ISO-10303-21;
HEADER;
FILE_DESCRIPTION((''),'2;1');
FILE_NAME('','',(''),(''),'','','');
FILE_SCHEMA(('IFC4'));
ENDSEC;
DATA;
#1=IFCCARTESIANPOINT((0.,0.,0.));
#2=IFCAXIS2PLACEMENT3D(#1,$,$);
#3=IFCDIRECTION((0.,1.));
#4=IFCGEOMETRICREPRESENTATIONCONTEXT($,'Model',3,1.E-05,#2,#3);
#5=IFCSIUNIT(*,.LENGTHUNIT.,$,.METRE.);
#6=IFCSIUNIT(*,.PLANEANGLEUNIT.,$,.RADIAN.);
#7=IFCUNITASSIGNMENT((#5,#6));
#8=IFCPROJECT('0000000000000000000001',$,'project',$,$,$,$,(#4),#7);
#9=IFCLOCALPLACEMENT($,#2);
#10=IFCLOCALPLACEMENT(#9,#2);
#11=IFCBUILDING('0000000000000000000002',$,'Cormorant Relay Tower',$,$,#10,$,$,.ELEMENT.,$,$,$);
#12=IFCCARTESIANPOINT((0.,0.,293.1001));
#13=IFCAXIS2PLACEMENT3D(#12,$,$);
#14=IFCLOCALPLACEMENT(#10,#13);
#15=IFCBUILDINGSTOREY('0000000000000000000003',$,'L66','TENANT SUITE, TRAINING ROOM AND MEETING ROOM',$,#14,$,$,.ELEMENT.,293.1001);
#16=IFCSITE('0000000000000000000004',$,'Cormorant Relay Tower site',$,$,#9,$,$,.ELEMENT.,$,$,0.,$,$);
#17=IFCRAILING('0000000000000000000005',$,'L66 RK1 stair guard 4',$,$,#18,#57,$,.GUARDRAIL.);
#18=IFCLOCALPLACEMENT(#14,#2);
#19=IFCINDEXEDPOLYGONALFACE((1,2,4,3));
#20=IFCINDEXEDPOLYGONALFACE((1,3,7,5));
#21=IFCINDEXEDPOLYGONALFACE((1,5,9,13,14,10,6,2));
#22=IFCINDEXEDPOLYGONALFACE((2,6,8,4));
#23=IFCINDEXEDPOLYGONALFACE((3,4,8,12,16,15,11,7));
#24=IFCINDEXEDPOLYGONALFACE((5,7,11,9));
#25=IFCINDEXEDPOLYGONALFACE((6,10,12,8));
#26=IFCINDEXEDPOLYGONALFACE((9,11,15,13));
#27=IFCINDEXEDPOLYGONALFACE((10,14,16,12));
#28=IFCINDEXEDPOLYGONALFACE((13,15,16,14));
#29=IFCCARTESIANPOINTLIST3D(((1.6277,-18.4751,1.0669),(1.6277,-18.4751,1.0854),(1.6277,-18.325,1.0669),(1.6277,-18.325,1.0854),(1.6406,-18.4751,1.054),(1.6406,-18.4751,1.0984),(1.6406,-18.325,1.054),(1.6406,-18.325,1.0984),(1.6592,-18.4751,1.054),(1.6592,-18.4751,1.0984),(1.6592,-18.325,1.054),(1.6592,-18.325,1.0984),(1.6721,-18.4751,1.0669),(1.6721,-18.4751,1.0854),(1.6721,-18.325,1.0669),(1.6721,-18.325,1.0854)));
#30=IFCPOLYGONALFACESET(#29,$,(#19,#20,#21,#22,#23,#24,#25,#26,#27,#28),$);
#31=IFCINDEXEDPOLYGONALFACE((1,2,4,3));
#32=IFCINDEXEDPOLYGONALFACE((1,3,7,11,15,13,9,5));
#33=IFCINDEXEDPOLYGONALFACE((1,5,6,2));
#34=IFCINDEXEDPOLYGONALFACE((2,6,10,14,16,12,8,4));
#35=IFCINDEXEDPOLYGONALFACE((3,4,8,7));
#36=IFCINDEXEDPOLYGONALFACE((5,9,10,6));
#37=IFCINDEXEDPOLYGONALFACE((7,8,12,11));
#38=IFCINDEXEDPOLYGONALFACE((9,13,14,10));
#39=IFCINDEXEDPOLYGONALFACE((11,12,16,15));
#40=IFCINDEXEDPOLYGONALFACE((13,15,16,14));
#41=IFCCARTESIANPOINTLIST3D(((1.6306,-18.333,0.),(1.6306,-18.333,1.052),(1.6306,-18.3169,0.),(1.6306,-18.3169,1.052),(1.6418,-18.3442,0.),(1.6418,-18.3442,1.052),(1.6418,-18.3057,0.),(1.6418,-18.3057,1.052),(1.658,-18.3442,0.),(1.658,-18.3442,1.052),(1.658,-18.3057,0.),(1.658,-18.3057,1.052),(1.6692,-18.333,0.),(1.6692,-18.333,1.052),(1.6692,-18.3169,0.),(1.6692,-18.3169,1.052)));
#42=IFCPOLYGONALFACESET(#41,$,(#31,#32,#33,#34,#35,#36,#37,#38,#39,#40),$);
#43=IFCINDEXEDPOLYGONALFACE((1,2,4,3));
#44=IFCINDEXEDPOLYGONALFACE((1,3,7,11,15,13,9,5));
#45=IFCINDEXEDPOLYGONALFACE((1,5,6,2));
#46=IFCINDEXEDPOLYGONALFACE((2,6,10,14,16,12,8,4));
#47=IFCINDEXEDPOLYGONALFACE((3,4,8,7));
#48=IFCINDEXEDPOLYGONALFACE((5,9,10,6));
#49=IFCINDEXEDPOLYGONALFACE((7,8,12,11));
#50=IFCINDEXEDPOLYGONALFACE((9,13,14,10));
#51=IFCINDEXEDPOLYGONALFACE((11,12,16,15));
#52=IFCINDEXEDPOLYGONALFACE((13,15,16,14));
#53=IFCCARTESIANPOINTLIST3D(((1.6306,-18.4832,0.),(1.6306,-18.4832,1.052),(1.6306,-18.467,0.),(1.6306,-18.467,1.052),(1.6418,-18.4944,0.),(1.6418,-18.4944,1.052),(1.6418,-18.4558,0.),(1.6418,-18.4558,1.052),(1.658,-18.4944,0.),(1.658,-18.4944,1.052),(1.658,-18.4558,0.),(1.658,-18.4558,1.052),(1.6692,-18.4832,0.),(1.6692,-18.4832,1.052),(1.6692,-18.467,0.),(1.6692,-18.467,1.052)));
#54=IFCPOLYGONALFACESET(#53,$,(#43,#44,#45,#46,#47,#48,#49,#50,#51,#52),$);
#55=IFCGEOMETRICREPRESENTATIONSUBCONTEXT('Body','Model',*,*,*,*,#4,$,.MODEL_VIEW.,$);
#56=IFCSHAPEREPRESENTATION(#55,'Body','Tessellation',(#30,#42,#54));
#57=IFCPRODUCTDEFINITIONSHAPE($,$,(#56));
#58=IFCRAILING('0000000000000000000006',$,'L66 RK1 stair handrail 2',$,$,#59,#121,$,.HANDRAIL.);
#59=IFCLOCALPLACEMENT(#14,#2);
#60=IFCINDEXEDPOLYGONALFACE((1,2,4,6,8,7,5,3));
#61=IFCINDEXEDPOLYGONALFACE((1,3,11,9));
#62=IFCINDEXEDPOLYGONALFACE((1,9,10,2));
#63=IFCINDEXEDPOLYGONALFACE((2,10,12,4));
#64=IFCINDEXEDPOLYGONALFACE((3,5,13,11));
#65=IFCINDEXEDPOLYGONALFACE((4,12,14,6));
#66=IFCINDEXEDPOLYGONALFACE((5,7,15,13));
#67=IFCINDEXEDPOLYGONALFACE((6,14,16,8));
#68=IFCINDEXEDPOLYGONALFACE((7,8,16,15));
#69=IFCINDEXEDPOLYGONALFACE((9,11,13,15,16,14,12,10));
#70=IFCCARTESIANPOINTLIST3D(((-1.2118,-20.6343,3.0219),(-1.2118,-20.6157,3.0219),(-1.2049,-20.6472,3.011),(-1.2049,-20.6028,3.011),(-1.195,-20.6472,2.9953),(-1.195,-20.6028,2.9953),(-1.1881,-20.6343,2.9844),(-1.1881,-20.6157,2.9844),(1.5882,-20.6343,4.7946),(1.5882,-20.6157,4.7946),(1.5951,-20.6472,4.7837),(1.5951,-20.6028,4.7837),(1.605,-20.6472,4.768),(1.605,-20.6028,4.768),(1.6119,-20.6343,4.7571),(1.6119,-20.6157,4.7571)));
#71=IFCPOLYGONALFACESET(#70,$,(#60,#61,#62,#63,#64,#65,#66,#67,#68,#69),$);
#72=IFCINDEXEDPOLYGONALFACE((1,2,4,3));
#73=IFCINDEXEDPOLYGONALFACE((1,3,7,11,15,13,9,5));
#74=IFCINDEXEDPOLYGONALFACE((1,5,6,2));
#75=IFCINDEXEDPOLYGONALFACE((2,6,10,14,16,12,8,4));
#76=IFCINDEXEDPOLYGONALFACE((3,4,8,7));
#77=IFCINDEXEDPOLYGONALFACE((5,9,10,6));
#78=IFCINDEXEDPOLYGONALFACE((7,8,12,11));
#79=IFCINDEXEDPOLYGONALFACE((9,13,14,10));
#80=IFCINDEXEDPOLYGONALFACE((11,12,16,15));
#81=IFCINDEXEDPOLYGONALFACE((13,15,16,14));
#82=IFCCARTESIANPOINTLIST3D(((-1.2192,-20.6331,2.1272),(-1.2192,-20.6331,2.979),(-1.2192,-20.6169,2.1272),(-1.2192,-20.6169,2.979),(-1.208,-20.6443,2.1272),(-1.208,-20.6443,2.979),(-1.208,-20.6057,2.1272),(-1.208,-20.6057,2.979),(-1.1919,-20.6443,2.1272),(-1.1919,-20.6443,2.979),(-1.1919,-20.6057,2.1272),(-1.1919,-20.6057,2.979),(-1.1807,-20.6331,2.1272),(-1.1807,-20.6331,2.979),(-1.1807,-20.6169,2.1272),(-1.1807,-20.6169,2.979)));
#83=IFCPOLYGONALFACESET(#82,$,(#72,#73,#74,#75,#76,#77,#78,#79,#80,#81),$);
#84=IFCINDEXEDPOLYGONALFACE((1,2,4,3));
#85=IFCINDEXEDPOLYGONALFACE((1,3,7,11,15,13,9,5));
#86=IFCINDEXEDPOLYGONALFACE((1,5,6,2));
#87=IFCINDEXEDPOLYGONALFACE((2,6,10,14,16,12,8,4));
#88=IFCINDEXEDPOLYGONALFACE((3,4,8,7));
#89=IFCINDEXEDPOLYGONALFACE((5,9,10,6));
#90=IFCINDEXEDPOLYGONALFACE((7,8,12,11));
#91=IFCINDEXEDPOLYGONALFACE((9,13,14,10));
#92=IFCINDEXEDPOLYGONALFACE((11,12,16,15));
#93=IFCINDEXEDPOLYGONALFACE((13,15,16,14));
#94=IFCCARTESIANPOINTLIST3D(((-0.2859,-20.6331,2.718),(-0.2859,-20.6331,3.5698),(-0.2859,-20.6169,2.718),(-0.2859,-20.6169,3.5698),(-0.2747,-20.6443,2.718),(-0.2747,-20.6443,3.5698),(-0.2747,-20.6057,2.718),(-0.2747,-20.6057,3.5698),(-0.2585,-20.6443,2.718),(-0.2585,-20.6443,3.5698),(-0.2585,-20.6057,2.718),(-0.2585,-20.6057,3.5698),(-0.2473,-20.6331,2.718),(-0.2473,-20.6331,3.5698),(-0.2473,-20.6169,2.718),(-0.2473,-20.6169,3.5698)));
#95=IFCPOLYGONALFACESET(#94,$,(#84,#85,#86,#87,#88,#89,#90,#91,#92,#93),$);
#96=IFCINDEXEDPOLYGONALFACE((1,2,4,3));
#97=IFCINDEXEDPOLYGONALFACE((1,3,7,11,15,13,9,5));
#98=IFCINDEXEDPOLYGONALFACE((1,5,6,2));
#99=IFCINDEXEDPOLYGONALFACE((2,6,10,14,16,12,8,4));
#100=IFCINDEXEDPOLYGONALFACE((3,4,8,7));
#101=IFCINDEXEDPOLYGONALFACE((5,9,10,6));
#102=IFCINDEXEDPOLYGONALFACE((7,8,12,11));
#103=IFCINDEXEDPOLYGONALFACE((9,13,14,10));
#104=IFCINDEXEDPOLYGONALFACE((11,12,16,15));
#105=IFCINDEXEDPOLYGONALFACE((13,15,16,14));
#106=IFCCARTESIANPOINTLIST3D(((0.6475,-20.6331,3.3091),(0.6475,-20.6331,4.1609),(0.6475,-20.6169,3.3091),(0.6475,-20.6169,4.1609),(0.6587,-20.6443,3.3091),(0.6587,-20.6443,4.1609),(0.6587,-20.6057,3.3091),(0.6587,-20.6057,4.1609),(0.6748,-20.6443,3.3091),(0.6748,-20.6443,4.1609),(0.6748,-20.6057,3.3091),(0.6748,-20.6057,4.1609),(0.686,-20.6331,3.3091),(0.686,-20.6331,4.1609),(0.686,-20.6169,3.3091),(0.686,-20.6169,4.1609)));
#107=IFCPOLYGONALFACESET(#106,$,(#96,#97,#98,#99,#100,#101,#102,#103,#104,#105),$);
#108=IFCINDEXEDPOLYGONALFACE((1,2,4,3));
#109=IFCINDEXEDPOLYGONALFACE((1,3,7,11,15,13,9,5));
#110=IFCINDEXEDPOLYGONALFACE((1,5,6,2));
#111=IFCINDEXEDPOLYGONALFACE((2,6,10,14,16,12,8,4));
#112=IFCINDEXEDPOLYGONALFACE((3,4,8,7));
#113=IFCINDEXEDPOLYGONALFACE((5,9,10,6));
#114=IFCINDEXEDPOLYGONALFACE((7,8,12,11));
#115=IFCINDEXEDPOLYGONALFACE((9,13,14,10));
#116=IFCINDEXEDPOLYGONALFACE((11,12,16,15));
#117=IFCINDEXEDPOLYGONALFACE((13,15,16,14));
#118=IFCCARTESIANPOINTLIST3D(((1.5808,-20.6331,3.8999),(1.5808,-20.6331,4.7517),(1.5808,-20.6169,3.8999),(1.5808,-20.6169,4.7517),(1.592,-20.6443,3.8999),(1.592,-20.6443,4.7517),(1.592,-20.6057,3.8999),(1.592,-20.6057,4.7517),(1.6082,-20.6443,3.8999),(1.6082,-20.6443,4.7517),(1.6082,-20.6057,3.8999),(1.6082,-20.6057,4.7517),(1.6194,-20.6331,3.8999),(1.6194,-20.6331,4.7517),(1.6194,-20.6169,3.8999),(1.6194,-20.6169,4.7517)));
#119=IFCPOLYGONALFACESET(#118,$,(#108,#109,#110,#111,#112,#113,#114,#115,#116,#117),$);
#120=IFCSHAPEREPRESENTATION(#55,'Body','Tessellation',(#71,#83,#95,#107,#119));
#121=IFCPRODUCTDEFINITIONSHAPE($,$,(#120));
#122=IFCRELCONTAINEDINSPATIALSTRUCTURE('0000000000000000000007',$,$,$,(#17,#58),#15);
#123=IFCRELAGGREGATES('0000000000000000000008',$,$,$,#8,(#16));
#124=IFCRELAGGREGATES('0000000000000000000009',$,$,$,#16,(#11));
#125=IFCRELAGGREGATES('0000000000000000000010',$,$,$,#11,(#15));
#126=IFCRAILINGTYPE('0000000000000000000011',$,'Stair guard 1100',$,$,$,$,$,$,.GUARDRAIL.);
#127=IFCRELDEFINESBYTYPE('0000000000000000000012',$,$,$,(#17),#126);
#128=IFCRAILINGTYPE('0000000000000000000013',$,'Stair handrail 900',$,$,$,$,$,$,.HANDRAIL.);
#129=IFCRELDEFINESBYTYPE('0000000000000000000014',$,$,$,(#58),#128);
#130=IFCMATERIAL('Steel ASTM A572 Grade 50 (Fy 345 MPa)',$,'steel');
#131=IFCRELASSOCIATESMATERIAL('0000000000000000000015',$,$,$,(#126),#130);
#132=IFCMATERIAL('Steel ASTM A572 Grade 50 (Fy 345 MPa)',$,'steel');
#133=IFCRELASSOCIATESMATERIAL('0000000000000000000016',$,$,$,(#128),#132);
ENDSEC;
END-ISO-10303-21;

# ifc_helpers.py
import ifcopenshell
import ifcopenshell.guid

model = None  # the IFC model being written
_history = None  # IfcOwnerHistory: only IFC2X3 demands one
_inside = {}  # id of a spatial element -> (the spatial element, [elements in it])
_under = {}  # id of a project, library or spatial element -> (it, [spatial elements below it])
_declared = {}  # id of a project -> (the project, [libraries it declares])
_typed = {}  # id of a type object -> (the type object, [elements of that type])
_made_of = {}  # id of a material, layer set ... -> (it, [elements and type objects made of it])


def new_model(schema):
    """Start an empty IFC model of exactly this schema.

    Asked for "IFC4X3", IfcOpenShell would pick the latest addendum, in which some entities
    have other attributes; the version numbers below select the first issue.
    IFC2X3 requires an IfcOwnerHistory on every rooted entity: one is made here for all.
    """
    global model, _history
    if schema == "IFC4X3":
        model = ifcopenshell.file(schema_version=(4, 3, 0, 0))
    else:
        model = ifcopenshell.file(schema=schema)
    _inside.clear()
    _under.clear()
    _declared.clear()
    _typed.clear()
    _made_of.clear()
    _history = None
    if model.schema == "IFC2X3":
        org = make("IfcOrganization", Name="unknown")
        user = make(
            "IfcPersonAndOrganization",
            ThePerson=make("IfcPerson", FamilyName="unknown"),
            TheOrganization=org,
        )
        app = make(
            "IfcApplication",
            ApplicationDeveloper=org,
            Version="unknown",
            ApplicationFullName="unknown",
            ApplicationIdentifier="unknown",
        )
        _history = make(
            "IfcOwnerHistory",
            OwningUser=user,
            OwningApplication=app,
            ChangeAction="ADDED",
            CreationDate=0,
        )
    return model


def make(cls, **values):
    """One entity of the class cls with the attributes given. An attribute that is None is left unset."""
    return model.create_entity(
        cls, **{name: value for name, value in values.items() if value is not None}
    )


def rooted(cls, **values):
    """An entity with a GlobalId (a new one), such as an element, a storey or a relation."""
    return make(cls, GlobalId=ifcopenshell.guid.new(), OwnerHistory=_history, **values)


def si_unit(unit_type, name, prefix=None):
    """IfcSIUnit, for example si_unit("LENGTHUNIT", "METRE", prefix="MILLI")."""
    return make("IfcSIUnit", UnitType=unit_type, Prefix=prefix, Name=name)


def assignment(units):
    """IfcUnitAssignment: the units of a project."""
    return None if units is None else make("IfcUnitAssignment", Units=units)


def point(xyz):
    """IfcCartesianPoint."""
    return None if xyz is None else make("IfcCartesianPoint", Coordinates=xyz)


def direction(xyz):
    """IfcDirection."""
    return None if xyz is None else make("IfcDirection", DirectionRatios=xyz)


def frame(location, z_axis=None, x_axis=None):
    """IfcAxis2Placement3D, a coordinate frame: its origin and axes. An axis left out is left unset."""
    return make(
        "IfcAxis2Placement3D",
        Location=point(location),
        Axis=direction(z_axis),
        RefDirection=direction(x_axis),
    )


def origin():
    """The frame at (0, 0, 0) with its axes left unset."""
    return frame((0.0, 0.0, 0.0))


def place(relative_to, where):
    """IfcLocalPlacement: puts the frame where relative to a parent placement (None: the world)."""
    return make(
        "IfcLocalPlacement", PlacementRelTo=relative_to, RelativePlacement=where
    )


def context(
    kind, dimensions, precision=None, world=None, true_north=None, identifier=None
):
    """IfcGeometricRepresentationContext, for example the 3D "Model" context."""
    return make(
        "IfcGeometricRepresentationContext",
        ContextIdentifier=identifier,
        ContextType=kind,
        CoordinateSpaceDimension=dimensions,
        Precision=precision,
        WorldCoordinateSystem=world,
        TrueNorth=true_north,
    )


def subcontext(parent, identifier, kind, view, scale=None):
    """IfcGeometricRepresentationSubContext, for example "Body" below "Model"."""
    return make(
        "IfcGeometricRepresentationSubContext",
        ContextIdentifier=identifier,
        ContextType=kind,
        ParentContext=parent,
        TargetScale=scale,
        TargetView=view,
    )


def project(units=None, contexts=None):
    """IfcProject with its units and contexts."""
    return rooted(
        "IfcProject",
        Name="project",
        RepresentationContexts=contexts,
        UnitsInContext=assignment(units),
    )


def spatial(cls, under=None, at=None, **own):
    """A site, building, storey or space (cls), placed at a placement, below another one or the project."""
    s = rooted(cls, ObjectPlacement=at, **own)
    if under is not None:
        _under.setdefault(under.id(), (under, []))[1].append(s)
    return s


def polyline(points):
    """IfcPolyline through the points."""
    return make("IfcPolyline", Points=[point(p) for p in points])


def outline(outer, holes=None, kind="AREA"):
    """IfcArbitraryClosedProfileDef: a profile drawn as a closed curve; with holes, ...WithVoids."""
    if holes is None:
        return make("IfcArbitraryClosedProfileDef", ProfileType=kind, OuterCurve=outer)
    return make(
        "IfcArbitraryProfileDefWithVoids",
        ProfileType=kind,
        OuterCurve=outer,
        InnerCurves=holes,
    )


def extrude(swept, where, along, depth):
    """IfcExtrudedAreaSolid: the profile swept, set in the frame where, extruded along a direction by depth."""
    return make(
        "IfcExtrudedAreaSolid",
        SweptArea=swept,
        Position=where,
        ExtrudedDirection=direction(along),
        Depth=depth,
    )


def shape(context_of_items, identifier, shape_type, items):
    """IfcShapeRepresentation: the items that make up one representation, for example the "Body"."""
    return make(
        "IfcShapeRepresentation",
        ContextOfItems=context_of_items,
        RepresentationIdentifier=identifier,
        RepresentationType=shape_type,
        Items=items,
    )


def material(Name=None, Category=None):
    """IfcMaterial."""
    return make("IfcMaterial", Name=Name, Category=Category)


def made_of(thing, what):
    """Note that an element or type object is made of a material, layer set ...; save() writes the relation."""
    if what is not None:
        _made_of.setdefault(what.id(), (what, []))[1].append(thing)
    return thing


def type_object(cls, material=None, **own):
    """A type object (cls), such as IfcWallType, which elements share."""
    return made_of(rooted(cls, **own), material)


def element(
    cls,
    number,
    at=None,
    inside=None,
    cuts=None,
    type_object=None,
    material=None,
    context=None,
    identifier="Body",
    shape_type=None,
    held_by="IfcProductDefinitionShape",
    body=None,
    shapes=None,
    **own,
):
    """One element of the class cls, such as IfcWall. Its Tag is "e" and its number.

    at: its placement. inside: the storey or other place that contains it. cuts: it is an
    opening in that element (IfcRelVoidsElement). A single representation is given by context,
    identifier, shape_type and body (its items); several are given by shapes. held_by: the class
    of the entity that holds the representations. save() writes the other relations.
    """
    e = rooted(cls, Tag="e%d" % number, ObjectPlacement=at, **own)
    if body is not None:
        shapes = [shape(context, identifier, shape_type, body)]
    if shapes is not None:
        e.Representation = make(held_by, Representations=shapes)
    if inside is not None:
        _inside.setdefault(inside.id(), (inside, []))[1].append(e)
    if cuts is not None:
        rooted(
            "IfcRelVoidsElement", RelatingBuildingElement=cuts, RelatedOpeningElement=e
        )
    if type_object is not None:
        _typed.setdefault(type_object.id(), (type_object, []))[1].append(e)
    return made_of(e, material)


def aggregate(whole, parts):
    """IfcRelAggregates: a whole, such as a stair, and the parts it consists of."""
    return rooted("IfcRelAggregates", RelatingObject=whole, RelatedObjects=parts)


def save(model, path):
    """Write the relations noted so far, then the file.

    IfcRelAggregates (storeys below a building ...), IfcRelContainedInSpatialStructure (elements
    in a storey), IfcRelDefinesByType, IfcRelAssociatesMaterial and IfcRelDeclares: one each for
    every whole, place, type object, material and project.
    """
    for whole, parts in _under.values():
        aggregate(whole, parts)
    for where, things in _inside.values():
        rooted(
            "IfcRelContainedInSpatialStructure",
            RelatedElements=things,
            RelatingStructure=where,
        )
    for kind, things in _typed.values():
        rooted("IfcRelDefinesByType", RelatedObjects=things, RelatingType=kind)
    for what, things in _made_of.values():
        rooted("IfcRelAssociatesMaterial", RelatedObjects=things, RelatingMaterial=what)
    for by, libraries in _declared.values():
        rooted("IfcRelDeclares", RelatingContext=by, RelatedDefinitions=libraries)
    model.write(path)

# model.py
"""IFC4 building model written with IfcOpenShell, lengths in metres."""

from ifc_helpers import new_model, si_unit, direction, frame, origin, place, context, subcontext, project, spatial, polyline, outline, extrude, material, type_object, element, save


model = new_model("IFC4")

# Units and contexts
model_context = context("Model", 3, precision=1e-05, world=origin(), true_north=direction((0.0, 1.0)))
body_context = subcontext(model_context, "Body", "Model", "MODEL_VIEW")
ifc_project = project(units=[si_unit("LENGTHUNIT", "METRE"), si_unit("PLANEANGLEUNIT", "RADIAN")], contexts=[model_context])

# Site, building, storey
site_placement = place(None, origin())
site = spatial("IfcSite", under=ifc_project, at=site_placement, Name="Cormorant Relay Tower site", CompositionType="ELEMENT", RefElevation=0.0)
building_placement = place(site_placement, origin())
building = spatial("IfcBuilding", under=site, at=building_placement, Name="Cormorant Relay Tower", CompositionType="ELEMENT")
storey_placement = place(building_placement, frame((0.0, 0.0, 293.1001)))
storey = spatial("IfcBuildingStorey", under=building, at=storey_placement, Name="L66", Description="TENANT SUITE, TRAINING ROOM AND MEETING ROOM", CompositionType="ELEMENT", Elevation=293.1001)

# Railings
ifc_material_1 = material(Name="Steel ASTM A572 Grade 50 (Fy 345 MPa)", Category="steel")
railing_type_1 = type_object("IfcRailingType", Name="Stair guard 1100", PredefinedType="GUARDRAIL", material=ifc_material_1)
railing_1_placement = place(storey_placement, frame((1.6499, -18.325, 0.0)))
element("IfcRailing", 1, at=railing_1_placement, inside=storey, type_object=railing_type_1, Name="L66 RK1 stair guard 4", PredefinedType="GUARDRAIL", context=body_context, shape_type="SweptSolid", body=[
    extrude(outline(polyline([(0.0222, 0.0093), (0.0093, 0.0222), (-0.0093, 0.0222), (-0.0222, 0.0093), (-0.0222, -0.0093), (-0.0093, -0.0222), (0.0093, -0.0222), (0.0222, -0.0093), (0.0222, 0.0093)])), frame((0.0, 0.0, 1.0762), z_axis=(0.0, -1.0, 0.0), x_axis=(1.0, 0.0, 0.0)), (0.0, 0.0, 1.0), 0.1501),
    extrude(outline(polyline([(0.0193, 0.0081), (0.0081, 0.0193), (-0.0081, 0.0193), (-0.0193, 0.0081), (-0.0193, -0.0081), (-0.0081, -0.0193), (0.0081, -0.0193), (0.0193, -0.0081), (0.0193, 0.0081)])), origin(), (0.0, 0.0, 1.0), 1.052),
    extrude(outline(polyline([(0.0193, 0.0081), (0.0081, 0.0193), (-0.0081, 0.0193), (-0.0193, 0.0081), (-0.0193, -0.0081), (-0.0081, -0.0193), (0.0081, -0.0193), (0.0193, -0.0081), (0.0193, 0.0081)])), frame((0.0, -0.1501, 0.0)), (0.0, 0.0, 1.0), 1.052),
])
ifc_material_2 = material(Name="Steel ASTM A572 Grade 50 (Fy 345 MPa)", Category="steel")
railing_type_2 = type_object("IfcRailingType", Name="Stair handrail 900", PredefinedType="HANDRAIL", material=ifc_material_2)
railing_2_placement = place(storey_placement, frame((-1.2, -20.625, 2.1272)))
element("IfcRailing", 2, at=railing_2_placement, inside=storey, type_object=railing_type_2, Name="L66 RK1 stair handrail 2", PredefinedType="HANDRAIL", context=body_context, shape_type="SweptSolid", body=[
    extrude(outline(polyline([(0.0222, 0.0093), (0.0093, 0.0222), (-0.0093, 0.0222), (-0.0222, 0.0093), (-0.0222, -0.0093), (-0.0093, -0.0222), (0.0093, -0.0222), (0.0222, -0.0093), (0.0222, 0.0093)])), frame((0.0, 0.0, 0.876), z_axis=(0.844909, 0.0, 0.53491), x_axis=(0.0, 1.0, 0.0)), (0.0, 0.0, 1.0), 3.314),
    extrude(outline(polyline([(0.0193, 0.0081), (0.0081, 0.0193), (-0.0081, 0.0193), (-0.0193, 0.0081), (-0.0193, -0.0081), (-0.0081, -0.0193), (0.0081, -0.0193), (0.0193, -0.0081), (0.0193, 0.0081)])), origin(), (0.0, 0.0, 1.0), 0.8518),
    extrude(outline(polyline([(0.0193, 0.0081), (0.0081, 0.0193), (-0.0081, 0.0193), (-0.0193, 0.0081), (-0.0193, -0.0081), (-0.0081, -0.0193), (0.0081, -0.0193), (0.0193, -0.0081), (0.0193, 0.0081)])), frame((0.9333, 0.0, 0.5908)), (0.0, 0.0, 1.0), 0.8518),
    extrude(outline(polyline([(0.0193, 0.0081), (0.0081, 0.0193), (-0.0081, 0.0193), (-0.0193, 0.0081), (-0.0193, -0.0081), (-0.0081, -0.0193), (0.0081, -0.0193), (0.0193, -0.0081), (0.0193, 0.0081)])), frame((1.8667, 0.0, 1.1819)), (0.0, 0.0, 1.0), 0.8518),
    extrude(outline(polyline([(0.0193, 0.0081), (0.0081, 0.0193), (-0.0081, 0.0193), (-0.0193, 0.0081), (-0.0193, -0.0081), (-0.0081, -0.0193), (0.0081, -0.0193), (0.0193, -0.0081), (0.0193, 0.0081)])), frame((2.8, 0.0, 1.7727)), (0.0, 0.0, 1.0), 0.8518),
])

save(model, "model.ifc")
